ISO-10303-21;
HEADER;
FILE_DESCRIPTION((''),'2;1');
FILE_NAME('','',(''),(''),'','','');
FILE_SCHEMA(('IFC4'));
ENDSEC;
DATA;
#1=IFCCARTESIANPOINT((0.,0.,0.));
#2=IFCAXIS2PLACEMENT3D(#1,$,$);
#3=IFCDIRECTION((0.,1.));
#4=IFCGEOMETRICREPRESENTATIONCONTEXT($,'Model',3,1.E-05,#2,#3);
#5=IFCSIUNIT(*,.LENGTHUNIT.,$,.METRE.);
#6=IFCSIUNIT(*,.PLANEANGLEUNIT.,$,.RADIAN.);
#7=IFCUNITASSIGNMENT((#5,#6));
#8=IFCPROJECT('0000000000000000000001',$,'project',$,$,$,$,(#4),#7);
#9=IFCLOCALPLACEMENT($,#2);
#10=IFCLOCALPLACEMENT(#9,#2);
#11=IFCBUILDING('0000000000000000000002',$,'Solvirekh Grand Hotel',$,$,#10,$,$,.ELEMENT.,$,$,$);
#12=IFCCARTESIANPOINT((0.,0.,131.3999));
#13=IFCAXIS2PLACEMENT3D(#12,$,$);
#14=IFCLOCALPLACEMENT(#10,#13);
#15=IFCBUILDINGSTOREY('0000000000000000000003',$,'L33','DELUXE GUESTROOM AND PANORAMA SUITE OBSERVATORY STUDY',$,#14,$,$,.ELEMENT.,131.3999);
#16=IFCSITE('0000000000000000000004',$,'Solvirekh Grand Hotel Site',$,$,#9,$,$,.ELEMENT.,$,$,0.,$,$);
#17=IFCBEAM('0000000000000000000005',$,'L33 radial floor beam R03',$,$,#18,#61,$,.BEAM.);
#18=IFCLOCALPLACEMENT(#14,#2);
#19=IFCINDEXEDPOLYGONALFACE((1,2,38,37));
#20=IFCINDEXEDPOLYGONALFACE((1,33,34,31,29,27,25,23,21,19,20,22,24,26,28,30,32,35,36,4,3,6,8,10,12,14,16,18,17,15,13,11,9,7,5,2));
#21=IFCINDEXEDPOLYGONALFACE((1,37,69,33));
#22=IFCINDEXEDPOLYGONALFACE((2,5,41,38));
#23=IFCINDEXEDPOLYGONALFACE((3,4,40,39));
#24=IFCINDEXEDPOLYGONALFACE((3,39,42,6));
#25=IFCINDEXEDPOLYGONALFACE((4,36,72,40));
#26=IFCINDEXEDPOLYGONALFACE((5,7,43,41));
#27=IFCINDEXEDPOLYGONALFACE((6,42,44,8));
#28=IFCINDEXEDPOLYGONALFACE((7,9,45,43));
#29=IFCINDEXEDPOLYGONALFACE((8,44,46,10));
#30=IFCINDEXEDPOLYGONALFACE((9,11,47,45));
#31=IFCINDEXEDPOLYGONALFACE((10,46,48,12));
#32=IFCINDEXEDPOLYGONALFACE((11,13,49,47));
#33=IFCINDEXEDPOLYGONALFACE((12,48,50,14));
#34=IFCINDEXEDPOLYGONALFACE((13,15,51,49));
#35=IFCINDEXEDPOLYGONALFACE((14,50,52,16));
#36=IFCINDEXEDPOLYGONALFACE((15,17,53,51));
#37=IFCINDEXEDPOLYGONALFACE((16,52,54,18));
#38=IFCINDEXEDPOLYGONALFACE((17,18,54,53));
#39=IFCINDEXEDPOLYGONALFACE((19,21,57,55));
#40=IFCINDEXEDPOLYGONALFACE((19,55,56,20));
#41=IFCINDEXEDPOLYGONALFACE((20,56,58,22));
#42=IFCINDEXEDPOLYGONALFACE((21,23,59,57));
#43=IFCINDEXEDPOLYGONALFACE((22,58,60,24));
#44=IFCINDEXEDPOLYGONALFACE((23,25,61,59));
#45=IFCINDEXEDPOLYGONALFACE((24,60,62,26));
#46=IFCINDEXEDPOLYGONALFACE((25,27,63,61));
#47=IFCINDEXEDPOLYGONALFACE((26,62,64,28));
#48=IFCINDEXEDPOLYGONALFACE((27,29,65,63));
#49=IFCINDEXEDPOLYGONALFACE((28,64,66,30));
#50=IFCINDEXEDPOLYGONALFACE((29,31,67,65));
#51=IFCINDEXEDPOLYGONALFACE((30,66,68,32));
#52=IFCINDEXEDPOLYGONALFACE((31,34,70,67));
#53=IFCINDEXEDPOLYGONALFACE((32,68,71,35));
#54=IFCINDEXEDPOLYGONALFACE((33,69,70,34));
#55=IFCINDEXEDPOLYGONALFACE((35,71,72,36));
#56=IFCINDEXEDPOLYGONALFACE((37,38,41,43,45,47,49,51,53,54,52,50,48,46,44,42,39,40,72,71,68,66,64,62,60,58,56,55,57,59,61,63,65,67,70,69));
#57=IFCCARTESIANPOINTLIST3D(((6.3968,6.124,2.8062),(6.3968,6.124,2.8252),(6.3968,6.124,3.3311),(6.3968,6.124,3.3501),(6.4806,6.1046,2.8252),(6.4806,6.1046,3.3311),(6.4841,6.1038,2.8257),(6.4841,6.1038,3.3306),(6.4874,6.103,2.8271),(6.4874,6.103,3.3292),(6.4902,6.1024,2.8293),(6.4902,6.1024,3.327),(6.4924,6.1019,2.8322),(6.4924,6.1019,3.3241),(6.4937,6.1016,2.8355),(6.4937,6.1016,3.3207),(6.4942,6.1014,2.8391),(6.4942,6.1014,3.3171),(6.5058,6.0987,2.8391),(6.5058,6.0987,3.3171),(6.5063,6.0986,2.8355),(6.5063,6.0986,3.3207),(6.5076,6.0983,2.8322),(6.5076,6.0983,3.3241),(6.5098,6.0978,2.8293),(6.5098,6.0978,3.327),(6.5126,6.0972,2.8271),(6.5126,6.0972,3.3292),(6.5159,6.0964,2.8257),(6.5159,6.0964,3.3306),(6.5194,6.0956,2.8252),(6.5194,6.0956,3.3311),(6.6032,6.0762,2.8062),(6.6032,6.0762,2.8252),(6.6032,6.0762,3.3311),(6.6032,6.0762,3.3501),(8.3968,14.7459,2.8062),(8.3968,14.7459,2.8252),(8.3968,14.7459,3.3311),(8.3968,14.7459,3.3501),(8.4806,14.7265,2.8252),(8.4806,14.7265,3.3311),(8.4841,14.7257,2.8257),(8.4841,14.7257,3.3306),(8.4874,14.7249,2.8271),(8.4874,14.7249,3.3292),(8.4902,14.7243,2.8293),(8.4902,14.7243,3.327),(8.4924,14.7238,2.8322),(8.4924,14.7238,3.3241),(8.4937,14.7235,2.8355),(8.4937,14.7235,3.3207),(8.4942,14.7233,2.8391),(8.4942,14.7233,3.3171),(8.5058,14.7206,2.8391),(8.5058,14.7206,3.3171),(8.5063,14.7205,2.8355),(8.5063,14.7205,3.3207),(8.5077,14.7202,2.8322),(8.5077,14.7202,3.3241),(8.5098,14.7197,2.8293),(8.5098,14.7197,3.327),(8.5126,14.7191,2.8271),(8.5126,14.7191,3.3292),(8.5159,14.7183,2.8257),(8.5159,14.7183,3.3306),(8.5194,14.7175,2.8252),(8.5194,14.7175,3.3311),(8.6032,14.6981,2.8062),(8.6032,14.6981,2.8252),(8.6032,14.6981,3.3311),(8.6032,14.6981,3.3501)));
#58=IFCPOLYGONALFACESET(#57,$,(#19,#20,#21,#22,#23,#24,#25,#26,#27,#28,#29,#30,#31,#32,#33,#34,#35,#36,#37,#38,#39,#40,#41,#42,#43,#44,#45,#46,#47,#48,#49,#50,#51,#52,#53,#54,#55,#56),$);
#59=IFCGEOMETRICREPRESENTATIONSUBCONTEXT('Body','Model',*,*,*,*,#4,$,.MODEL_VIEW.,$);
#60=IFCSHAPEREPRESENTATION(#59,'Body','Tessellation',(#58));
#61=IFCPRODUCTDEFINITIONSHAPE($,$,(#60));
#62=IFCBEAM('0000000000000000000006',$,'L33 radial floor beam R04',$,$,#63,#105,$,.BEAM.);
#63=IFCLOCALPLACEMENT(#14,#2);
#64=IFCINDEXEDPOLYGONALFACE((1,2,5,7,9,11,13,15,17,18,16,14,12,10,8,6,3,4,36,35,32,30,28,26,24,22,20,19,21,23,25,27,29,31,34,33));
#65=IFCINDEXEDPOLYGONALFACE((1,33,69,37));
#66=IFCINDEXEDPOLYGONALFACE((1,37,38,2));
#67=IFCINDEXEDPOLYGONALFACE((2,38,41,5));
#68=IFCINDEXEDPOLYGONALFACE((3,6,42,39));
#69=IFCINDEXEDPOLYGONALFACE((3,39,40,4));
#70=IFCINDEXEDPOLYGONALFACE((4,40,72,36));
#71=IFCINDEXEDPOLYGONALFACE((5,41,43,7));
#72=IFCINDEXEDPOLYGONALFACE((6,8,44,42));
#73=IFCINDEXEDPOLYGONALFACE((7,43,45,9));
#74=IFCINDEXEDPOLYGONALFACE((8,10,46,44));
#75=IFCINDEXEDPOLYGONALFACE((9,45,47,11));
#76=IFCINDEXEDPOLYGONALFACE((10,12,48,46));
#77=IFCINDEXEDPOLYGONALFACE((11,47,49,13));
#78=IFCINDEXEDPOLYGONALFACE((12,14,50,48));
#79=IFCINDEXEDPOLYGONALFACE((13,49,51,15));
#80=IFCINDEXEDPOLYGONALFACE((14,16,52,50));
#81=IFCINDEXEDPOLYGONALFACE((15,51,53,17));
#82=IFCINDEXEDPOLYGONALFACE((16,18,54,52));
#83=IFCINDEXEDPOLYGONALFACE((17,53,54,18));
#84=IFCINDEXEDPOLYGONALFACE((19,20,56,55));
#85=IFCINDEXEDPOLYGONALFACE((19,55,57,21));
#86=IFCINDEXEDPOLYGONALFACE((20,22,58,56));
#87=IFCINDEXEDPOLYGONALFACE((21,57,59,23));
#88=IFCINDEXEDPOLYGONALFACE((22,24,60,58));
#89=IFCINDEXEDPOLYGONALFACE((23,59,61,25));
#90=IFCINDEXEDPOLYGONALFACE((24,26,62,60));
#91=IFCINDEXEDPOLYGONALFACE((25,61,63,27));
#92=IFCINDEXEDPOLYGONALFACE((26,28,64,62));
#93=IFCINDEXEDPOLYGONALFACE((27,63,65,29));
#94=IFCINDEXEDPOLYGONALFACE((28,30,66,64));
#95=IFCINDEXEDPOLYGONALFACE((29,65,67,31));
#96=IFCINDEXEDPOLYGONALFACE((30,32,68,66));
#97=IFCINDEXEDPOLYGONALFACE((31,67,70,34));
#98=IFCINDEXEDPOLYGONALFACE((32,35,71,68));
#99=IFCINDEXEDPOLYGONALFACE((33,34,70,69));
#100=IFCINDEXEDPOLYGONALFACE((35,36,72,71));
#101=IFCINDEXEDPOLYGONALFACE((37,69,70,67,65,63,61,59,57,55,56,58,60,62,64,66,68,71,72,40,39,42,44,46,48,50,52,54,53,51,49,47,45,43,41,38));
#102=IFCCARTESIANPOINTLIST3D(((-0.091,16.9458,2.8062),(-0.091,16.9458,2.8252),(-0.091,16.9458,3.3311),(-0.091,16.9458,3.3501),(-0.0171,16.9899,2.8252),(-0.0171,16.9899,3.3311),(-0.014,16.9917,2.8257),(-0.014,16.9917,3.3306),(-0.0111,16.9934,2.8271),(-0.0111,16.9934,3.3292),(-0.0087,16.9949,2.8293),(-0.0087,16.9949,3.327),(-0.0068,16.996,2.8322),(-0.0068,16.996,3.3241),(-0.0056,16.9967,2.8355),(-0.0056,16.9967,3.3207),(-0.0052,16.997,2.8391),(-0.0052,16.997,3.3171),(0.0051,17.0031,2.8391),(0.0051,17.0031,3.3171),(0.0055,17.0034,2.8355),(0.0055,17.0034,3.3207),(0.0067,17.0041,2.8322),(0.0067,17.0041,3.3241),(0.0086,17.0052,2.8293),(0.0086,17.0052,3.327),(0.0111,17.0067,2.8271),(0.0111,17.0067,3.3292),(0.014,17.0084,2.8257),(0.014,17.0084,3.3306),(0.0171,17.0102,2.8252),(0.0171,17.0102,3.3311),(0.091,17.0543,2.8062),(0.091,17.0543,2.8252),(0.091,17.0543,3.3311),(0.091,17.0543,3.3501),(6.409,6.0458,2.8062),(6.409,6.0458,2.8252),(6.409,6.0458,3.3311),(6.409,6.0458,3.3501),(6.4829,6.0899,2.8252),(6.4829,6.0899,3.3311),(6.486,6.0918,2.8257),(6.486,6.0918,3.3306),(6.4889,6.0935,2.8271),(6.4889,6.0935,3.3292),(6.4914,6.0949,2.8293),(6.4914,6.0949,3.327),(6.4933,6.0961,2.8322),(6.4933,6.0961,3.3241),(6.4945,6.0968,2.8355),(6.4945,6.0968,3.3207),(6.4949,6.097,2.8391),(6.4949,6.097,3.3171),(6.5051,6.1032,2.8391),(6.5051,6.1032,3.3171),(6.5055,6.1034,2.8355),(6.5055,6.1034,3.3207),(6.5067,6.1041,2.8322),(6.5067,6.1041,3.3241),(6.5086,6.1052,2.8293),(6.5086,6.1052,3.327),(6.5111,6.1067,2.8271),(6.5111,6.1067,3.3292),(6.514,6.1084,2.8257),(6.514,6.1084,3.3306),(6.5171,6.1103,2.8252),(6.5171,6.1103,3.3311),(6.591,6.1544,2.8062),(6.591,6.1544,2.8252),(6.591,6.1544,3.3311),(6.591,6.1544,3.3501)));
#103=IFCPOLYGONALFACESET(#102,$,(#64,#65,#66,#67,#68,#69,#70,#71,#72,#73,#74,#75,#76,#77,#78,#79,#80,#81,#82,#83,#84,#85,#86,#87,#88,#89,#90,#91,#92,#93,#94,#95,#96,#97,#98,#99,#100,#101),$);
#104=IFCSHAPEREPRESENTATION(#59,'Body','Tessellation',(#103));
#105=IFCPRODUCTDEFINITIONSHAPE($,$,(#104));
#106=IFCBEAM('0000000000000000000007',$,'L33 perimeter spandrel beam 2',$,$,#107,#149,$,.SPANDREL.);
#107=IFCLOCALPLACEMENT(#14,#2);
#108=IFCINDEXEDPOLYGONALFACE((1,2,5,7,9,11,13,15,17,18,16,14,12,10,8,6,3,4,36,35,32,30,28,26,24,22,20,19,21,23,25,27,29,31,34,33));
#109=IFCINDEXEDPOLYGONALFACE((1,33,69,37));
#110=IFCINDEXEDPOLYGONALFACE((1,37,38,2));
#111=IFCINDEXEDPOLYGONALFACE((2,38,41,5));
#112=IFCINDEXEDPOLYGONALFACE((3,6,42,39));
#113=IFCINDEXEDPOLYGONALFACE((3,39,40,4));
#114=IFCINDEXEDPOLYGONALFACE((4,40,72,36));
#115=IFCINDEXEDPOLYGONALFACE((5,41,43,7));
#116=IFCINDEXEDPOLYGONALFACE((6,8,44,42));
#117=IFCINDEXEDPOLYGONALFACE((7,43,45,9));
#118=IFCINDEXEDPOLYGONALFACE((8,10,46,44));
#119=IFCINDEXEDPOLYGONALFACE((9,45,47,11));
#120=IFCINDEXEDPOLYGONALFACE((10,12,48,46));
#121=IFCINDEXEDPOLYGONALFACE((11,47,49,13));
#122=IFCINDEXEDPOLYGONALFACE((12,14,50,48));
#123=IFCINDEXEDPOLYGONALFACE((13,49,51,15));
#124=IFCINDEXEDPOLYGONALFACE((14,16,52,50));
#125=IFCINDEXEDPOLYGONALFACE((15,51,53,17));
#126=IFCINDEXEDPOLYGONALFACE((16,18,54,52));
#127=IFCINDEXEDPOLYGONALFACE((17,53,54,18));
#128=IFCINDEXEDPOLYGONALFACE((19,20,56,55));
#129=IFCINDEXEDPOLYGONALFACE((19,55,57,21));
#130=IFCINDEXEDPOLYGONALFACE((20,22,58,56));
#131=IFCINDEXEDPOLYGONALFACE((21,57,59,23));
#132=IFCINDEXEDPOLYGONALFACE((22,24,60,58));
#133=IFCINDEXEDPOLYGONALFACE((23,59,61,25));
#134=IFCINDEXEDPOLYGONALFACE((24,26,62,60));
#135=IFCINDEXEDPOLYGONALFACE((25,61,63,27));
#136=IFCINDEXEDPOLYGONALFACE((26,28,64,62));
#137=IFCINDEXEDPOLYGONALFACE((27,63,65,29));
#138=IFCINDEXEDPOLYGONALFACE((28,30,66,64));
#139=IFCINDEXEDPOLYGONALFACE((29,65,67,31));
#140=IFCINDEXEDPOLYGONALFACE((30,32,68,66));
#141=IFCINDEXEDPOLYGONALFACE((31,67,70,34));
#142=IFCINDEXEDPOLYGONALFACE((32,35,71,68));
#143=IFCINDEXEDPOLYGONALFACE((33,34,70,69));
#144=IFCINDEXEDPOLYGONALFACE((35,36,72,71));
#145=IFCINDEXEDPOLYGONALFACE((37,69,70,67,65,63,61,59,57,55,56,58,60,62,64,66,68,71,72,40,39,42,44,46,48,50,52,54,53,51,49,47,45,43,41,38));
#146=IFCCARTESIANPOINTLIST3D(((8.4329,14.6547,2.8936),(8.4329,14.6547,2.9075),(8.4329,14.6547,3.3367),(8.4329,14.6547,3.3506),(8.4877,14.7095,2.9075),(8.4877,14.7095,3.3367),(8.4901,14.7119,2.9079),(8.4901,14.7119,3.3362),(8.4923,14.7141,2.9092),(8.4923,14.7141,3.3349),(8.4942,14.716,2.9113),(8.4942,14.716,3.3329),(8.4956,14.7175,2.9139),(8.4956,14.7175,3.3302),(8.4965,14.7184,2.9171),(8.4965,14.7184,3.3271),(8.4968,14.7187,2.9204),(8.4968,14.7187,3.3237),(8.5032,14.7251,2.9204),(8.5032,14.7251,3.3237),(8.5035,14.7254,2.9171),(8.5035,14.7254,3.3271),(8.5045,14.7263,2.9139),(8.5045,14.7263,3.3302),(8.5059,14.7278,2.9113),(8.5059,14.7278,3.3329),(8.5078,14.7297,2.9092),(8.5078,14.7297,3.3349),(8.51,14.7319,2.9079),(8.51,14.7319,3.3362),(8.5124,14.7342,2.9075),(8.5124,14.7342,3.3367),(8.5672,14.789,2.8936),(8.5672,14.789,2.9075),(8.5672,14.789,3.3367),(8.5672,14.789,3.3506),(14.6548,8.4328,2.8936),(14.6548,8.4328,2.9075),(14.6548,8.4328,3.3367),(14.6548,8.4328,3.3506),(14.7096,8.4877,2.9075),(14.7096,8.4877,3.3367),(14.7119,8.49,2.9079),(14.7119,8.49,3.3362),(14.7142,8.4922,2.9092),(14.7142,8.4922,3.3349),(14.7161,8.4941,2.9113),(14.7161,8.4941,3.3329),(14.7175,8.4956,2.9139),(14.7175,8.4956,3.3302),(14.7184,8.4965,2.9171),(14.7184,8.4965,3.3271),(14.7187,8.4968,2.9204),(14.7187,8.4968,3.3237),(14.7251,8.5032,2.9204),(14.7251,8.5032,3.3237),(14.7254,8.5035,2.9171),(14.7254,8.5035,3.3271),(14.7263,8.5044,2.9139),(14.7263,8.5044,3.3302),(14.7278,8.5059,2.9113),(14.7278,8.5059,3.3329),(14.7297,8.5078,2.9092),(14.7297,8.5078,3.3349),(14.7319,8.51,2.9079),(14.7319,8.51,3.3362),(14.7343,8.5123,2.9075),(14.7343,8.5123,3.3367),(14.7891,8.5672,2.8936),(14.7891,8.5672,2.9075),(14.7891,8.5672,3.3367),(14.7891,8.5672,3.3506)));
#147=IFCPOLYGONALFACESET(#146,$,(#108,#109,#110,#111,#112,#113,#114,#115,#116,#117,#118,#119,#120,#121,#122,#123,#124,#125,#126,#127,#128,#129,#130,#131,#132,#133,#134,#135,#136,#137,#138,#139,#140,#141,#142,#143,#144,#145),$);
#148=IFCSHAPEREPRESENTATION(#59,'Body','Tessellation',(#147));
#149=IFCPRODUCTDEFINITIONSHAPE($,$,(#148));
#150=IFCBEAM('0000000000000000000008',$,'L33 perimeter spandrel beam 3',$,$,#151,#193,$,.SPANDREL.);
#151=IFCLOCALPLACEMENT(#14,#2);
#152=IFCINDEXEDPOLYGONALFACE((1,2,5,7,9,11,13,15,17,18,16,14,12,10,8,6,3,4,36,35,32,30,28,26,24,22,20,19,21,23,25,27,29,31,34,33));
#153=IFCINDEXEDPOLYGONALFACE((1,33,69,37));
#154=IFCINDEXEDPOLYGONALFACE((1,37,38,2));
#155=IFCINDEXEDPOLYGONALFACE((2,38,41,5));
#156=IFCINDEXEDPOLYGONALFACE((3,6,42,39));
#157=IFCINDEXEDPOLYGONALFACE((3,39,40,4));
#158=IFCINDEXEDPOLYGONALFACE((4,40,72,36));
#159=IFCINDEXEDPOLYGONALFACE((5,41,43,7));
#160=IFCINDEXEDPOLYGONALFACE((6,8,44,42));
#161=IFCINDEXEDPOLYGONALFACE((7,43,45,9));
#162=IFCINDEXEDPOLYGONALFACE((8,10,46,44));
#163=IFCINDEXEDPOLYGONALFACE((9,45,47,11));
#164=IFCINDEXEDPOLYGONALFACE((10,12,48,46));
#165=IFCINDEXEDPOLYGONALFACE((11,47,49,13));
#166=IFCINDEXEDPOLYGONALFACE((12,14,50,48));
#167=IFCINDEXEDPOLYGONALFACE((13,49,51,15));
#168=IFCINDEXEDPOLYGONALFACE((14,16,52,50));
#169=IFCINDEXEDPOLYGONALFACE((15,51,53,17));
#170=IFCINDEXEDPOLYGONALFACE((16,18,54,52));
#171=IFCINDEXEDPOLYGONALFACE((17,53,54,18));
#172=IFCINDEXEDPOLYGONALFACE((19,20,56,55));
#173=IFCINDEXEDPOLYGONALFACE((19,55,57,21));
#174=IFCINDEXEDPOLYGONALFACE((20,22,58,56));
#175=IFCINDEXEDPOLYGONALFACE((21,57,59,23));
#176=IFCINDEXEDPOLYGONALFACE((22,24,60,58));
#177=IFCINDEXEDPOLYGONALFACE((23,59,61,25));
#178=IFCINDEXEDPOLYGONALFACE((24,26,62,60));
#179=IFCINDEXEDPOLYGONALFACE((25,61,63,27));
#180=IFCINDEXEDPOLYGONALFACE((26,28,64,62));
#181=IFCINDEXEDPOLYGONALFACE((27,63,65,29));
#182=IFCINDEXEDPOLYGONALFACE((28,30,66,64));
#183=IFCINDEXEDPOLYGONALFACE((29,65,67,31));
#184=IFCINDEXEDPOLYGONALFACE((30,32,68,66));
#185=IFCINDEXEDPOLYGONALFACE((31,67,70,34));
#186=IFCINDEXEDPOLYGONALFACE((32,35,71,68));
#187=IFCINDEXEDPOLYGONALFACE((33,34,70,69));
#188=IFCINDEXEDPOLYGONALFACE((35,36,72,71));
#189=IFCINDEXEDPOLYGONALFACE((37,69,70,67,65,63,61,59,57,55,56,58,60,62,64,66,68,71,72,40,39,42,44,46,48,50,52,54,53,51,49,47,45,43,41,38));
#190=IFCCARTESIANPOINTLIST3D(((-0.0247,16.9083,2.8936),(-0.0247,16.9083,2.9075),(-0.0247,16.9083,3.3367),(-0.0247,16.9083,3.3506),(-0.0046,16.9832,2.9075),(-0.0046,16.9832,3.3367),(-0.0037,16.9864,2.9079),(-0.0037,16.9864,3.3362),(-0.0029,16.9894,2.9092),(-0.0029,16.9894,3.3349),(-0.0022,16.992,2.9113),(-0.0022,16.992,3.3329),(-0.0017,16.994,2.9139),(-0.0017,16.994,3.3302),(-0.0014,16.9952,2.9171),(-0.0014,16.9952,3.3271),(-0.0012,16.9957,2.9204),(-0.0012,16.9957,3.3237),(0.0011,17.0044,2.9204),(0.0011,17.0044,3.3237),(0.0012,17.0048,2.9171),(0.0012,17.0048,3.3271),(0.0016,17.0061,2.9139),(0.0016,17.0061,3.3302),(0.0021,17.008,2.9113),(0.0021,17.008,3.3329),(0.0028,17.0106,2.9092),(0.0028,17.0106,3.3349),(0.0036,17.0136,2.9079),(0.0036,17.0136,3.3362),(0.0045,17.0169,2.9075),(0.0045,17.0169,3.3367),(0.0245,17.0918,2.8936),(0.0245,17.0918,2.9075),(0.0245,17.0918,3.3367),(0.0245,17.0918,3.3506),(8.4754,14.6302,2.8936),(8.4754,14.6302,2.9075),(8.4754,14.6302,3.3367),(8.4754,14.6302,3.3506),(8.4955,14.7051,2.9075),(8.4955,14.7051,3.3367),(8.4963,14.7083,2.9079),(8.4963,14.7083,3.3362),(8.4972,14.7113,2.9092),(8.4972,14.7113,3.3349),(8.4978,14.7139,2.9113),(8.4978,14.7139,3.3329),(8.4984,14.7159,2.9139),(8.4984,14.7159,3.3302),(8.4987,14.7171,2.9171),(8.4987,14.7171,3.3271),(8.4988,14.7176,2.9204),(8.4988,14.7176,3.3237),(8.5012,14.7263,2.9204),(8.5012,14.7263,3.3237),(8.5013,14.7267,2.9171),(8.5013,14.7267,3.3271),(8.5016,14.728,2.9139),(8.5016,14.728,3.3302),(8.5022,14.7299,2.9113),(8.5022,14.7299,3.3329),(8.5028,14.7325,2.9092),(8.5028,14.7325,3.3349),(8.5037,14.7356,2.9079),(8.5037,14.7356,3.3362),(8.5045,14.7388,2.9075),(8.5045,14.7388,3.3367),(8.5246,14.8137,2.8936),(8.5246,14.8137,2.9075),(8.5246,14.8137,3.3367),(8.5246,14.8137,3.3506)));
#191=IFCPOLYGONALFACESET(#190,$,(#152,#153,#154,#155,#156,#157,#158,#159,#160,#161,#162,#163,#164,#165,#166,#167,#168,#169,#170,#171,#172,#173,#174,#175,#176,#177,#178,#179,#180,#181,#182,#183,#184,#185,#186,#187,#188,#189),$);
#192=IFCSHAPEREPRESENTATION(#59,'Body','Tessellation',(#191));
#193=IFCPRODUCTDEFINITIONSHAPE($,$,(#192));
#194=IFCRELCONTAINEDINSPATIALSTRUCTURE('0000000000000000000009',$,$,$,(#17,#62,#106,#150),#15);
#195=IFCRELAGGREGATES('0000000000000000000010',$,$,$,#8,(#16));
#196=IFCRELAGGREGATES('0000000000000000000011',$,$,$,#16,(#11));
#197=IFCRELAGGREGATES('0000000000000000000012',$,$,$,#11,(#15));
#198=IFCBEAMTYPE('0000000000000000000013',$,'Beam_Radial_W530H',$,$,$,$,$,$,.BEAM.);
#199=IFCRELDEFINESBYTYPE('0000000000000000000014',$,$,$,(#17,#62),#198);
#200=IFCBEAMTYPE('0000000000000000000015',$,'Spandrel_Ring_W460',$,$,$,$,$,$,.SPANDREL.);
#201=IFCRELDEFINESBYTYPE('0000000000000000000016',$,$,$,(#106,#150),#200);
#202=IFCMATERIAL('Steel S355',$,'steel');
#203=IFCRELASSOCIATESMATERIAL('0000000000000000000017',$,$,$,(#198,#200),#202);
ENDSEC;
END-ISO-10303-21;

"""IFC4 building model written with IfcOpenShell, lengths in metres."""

from ifc_helpers import new_model, si_unit, direction, frame, origin, origin_2d, place, context, subcontext, project, spatial, i_section, extrude, material, material_profile, profile_set, type_object, element, save


model = new_model("IFC4")

# Units and contexts
model_context = context("Model", 3, precision=1e-05, world=origin(), true_north=direction((0.0, 1.0)))
body_context = subcontext(model_context, "Body", "Model", "MODEL_VIEW")
ifc_project = project(units=[si_unit("LENGTHUNIT", "METRE"), si_unit("PLANEANGLEUNIT", "RADIAN")], contexts=[model_context])

# Site, building, storey
site_placement = place(None, origin())
site = spatial("IfcSite", under=ifc_project, at=site_placement, Name="Solvirekh Grand Hotel Site", CompositionType="ELEMENT", RefElevation=0.0)
building_placement = place(site_placement, origin())
building = spatial("IfcBuilding", under=site, at=building_placement, Name="Solvirekh Grand Hotel", CompositionType="ELEMENT")
storey_placement = place(building_placement, frame((0.0, 0.0, 131.3999)))
storey = spatial("IfcBuildingStorey", under=building, at=storey_placement, Name="L33", Description="DELUXE GUESTROOM AND PANORAMA SUITE OBSERVATORY STUDY", CompositionType="ELEMENT", Elevation=131.3999)

# Beams
ifc_material_1 = material(Name="Steel S355", Category="steel")
ifc_material_profile_1 = material_profile(ifc_material_1, i_section(OverallWidth=0.2119, OverallDepth=0.5439, WebThickness=0.012, FlangeThickness=0.019, FilletRadius=0.0139, at=origin_2d()), Name="W530X123")
ifc_profile_set_1 = profile_set([ifc_material_profile_1], Name="Steel S355")
beam_type_1 = type_object("IfcBeamType", Name="Beam_Radial_W530H", PredefinedType="BEAM", material=ifc_profile_set_1)
beam_1_placement = place(storey_placement, frame((6.5, 6.1001, 3.0781), z_axis=(0.225969, 0.974134, 0.0), x_axis=(-0.974134, 0.225969, 0.0)))
element("IfcBeam", 1, at=beam_1_placement, inside=storey, type_object=beam_type_1, Name="L33 radial floor beam R03", PredefinedType="BEAM", context=body_context, shape_type="SweptSolid", body=[
    extrude(i_section(OverallWidth=0.2119, OverallDepth=0.5439, WebThickness=0.012, FlangeThickness=0.019, FilletRadius=0.0139, at=origin_2d()), origin(), (0.0, 0.0, 1.0), 8.8508),
])
beam_2_placement = place(storey_placement, frame((6.5, 6.1001, 3.0781), z_axis=(-0.51218, 0.858878, 0.0), x_axis=(-0.858878, -0.51218, 0.0)))
element("IfcBeam", 2, at=beam_2_placement, inside=storey, type_object=beam_type_1, Name="L33 radial floor beam R04", PredefinedType="BEAM", context=body_context, shape_type="SweptSolid", body=[
    extrude(i_section(OverallWidth=0.2119, OverallDepth=0.5439, WebThickness=0.012, FlangeThickness=0.019, FilletRadius=0.0139, at=origin_2d()), origin(), (0.0, 0.0, 1.0), 12.6909),
])
ifc_material_profile_2 = material_profile(ifc_material_1, i_section(OverallWidth=0.1899, OverallDepth=0.457, WebThickness=0.009, FlangeThickness=0.0139, FilletRadius=0.0129, at=origin_2d()), Name="W460X74")
ifc_profile_set_2 = profile_set([ifc_material_profile_2], Name="Steel S355")
beam_type_2 = type_object("IfcBeamType", Name="Spandrel_Ring_W460", PredefinedType="SPANDREL", material=ifc_profile_set_2)
beam_3_placement = place(storey_placement, frame((14.7219, 8.5, 3.1221), z_axis=(-0.707107, 0.707107, 0.0), x_axis=(-0.707107, -0.707107, 0.0)))
element("IfcBeam", 3, at=beam_3_placement, inside=storey, type_object=beam_type_2, Name="L33 perimeter spandrel beam 2", PredefinedType="SPANDREL", context=body_context, shape_type="SweptSolid", body=[
    extrude(i_section(OverallWidth=0.1899, OverallDepth=0.457, WebThickness=0.009, FlangeThickness=0.0139, FilletRadius=0.0129, at=origin_2d()), origin(), (0.0, 0.0, 1.0), 8.7991),
])
beam_4_placement = place(storey_placement, frame((8.5, 14.7219, 3.1221), z_axis=(-0.965911, 0.258873, 0.0), x_axis=(-0.258873, -0.965911, 0.0)))
element("IfcBeam", 4, at=beam_4_placement, inside=storey, type_object=beam_type_2, Name="L33 perimeter spandrel beam 3", PredefinedType="SPANDREL", context=body_context, shape_type="SweptSolid", body=[
    extrude(i_section(OverallWidth=0.1899, OverallDepth=0.457, WebThickness=0.009, FlangeThickness=0.0139, FilletRadius=0.0129, at=origin_2d()), origin(), (0.0, 0.0, 1.0), 8.8),
])

save(model, "model.ifc")
